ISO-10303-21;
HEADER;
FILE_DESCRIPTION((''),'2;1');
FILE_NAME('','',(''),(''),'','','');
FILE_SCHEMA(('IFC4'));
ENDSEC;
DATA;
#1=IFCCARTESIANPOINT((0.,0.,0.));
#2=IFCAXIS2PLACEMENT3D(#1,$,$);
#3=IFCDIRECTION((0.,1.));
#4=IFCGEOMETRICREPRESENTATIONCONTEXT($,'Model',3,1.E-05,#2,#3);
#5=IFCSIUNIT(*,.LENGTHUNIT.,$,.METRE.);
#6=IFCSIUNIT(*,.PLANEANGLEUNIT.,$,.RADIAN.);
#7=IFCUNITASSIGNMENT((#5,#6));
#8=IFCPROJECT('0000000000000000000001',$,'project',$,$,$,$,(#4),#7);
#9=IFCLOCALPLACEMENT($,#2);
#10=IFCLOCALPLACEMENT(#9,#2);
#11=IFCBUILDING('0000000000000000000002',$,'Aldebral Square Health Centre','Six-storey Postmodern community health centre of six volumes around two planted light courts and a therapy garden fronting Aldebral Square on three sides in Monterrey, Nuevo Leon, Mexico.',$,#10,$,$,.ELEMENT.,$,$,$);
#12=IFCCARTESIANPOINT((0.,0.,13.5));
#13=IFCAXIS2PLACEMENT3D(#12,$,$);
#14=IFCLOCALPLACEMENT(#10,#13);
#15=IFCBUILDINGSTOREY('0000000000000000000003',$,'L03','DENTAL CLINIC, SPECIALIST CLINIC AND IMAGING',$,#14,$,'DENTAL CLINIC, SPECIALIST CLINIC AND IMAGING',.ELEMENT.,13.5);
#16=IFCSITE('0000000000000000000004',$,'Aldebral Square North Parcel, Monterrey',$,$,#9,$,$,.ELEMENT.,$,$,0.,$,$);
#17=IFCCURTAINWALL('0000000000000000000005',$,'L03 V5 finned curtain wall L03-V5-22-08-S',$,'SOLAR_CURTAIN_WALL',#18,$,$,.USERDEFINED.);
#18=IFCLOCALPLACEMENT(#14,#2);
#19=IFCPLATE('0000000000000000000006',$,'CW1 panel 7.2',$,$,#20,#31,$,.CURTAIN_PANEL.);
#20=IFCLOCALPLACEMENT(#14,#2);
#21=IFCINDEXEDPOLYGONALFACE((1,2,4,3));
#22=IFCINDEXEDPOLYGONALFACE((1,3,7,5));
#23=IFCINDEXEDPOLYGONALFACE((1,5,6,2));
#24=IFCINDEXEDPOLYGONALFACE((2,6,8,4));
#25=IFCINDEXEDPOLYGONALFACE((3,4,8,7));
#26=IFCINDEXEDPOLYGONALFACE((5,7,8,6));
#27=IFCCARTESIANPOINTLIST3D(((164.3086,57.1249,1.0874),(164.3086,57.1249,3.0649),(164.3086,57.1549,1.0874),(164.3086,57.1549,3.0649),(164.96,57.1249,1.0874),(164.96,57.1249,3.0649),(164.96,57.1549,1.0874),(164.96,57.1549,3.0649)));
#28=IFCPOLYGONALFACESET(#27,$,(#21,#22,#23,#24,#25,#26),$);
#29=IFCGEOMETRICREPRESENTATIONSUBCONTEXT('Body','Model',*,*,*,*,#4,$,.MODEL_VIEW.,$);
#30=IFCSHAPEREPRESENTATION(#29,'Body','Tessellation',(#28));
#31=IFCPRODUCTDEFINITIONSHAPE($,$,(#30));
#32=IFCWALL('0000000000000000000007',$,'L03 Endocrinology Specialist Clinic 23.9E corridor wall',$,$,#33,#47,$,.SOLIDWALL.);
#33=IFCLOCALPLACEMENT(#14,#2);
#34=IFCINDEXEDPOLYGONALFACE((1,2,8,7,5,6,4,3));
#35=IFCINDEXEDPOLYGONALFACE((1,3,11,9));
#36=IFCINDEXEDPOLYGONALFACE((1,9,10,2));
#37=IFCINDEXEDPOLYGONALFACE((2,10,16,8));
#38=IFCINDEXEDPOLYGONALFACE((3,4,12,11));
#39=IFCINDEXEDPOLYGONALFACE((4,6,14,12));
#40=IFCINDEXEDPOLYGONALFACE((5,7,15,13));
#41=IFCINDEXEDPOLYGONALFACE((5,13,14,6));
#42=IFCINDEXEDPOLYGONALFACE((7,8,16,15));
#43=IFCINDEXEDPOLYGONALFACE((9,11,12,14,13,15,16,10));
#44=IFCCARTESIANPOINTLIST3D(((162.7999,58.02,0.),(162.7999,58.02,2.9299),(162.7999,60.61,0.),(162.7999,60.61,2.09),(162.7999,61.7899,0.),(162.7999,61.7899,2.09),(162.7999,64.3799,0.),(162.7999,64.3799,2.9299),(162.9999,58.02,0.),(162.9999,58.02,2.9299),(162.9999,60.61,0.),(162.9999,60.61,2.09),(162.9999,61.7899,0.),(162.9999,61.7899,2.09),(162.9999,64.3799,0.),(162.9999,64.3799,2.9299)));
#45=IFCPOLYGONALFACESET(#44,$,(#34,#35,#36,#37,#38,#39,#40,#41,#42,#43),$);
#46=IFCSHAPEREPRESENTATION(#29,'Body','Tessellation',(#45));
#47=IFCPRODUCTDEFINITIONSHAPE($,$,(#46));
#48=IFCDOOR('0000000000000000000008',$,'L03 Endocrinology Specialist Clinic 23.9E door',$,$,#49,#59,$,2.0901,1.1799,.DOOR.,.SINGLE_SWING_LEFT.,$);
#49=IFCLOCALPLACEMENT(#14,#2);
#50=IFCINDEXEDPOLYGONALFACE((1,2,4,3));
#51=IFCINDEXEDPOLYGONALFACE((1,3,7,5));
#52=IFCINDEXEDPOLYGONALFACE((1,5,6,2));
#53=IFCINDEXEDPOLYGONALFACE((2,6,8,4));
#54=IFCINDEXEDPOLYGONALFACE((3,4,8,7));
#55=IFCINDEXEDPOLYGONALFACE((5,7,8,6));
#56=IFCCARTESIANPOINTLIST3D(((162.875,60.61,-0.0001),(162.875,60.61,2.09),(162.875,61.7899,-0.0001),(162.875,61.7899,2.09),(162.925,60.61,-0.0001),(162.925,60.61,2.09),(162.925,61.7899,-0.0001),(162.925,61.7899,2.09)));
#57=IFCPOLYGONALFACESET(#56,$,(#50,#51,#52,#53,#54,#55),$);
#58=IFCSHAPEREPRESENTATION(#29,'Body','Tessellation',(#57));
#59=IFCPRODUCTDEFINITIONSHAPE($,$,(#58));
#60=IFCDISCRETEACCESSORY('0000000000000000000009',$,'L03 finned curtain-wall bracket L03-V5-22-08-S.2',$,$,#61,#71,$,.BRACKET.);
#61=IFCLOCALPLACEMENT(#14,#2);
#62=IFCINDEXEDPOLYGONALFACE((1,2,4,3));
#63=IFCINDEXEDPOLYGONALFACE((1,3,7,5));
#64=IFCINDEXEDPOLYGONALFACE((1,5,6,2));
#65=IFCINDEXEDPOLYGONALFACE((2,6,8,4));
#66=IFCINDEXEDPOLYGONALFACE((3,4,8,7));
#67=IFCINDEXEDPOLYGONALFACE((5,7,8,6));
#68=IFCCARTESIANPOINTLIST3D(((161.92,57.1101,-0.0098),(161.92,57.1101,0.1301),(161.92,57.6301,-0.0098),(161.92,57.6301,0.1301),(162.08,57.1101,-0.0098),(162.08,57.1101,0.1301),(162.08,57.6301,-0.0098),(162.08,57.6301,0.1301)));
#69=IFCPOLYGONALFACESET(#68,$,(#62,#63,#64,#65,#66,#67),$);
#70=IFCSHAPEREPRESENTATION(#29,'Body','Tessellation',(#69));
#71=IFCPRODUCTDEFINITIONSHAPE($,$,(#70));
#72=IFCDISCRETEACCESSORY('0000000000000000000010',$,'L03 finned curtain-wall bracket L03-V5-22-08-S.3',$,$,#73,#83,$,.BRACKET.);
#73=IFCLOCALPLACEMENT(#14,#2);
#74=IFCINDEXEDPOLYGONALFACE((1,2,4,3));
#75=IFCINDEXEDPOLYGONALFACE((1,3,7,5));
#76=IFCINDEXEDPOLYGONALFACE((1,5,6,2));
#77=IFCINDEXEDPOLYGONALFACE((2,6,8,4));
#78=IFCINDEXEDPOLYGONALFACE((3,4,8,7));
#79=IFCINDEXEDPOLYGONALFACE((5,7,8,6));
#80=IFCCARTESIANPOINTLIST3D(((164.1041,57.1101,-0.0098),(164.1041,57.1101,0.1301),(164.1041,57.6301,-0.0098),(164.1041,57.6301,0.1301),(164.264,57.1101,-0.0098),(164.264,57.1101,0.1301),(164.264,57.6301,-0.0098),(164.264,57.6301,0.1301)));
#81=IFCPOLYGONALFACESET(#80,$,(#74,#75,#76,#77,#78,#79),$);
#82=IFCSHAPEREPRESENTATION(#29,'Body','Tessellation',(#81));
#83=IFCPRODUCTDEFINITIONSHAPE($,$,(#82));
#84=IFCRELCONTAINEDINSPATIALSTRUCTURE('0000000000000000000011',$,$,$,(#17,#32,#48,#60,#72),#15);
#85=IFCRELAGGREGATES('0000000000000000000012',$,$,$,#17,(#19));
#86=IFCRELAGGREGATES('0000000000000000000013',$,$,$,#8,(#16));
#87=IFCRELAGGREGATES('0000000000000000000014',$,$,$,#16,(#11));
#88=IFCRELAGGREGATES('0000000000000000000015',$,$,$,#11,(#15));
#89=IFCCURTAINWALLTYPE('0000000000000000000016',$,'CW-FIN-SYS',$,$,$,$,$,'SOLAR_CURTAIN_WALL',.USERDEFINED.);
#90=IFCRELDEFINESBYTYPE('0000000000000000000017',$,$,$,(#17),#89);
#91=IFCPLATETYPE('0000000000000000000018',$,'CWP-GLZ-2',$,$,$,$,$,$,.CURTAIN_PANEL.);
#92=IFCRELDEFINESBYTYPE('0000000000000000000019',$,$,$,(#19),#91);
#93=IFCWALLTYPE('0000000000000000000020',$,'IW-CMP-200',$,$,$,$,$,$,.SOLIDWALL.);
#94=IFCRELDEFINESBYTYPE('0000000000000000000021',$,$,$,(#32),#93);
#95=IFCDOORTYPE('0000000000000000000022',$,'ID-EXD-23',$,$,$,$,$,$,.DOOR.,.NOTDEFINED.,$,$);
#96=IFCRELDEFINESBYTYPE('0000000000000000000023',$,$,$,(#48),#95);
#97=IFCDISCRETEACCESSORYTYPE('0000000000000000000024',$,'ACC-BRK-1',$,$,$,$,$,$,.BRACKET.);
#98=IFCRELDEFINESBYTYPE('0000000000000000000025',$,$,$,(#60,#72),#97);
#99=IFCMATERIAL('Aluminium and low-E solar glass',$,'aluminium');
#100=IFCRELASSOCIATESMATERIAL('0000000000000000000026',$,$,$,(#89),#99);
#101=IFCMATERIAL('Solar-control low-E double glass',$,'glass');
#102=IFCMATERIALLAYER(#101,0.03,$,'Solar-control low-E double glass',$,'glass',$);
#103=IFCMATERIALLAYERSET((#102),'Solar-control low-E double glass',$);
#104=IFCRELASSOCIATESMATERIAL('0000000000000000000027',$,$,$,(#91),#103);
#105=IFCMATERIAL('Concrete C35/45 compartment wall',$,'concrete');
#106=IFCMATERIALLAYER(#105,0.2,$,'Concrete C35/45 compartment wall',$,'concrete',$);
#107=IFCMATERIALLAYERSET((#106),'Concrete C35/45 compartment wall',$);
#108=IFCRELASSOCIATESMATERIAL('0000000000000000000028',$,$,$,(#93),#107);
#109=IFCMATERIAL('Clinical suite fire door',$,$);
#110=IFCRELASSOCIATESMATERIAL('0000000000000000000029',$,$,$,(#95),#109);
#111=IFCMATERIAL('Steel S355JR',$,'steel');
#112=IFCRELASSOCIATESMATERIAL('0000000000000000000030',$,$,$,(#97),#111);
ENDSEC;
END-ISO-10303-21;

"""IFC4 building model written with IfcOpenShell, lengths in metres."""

from ifc_helpers import new_model, si_unit, direction, frame, frame_2d, origin, origin_2d, place, context, subcontext, project, spatial, rectangle, extrude, material, layer, layer_set, type_object, element, fill, aggregate, save


model = new_model("IFC4")

# Units and contexts
model_context = context("Model", 3, precision=1e-05, world=origin(), true_north=direction((0.0, 1.0)))
body_context = subcontext(model_context, "Body", "Model", "MODEL_VIEW")
ifc_project = project(units=[si_unit("LENGTHUNIT", "METRE"), si_unit("PLANEANGLEUNIT", "RADIAN")], contexts=[model_context])

# Site, building, storey
site_placement = place(None, origin())
site = spatial("IfcSite", under=ifc_project, at=site_placement, Name="Aldebral Square North Parcel, Monterrey", CompositionType="ELEMENT", RefElevation=0.0)
building_placement = place(site_placement, origin())
building = spatial("IfcBuilding", under=site, at=building_placement, Name="Aldebral Square Health Centre", Description="Six-storey Postmodern community health centre of six volumes around two planted light courts and a therapy garden fronting Aldebral Square on three sides in Monterrey, Nuevo Leon, Mexico.", CompositionType="ELEMENT")
storey_placement = place(building_placement, frame((0.0, 0.0, 13.5)))
storey = spatial("IfcBuildingStorey", under=building, at=storey_placement, Name="L03", Description="DENTAL CLINIC, SPECIALIST CLINIC AND IMAGING", LongName="DENTAL CLINIC, SPECIALIST CLINIC AND IMAGING", CompositionType="ELEMENT", Elevation=13.5)

# Curtain wall
ifc_material_1 = material(Name="Aluminium and low-E solar glass", Category="aluminium")
curtain_wall_type = type_object("IfcCurtainWallType", Name="CW-FIN-SYS", ElementType="SOLAR_CURTAIN_WALL", PredefinedType="USERDEFINED", material=ifc_material_1)
curtain_wall_1_placement = place(storey_placement, origin())
curtain_wall_1 = element("IfcCurtainWall", 1, at=curtain_wall_1_placement, inside=storey, type_object=curtain_wall_type, Name="L03 V5 finned curtain wall L03-V5-22-08-S", ObjectType="SOLAR_CURTAIN_WALL", PredefinedType="USERDEFINED")

# Plate
ifc_material_2 = material(Name="Solar-control low-E double glass", Category="glass")
ifc_layer_1 = layer(ifc_material_2, 0.03, Name="Solar-control low-E double glass", Category="glass")
ifc_layer_set_1 = layer_set([ifc_layer_1], Name="Solar-control low-E double glass")
plate_type = type_object("IfcPlateType", Name="CWP-GLZ-2", PredefinedType="CURTAIN_PANEL", material=ifc_layer_set_1)
plate_1_placement = place(storey_placement, frame((164.6343, 57.1399, 1.0874), z_axis=(0.0, 0.0, 1.0), x_axis=(1.0, 0.0, 0.0)))
plate_1 = element("IfcPlate", 2, at=plate_1_placement, type_object=plate_type, Name="CW1 panel 7.2", PredefinedType="CURTAIN_PANEL", context=body_context, shape_type="SweptSolid", body=[
    extrude(rectangle(XDim=0.6514, YDim=0.03, at=origin_2d()), origin(), (0.0, 0.0, 1.0), 1.9775),
])
aggregate(curtain_wall_1, [plate_1])

# Wall, opening, door
ifc_material_3 = material(Name="Concrete C35/45 compartment wall", Category="concrete")
ifc_layer_2 = layer(ifc_material_3, 0.2, Name="Concrete C35/45 compartment wall", Category="concrete")
ifc_layer_set_2 = layer_set([ifc_layer_2], Name="Concrete C35/45 compartment wall")
wall_type = type_object("IfcWallType", Name="IW-CMP-200", PredefinedType="SOLIDWALL", material=ifc_layer_set_2)
wall_placement = place(storey_placement, frame((162.8999, 58.02, 0.0), z_axis=(0.0, 0.0, 1.0), x_axis=(0.0, 1.0, 0.0)))
wall = element("IfcWall", 3, at=wall_placement, inside=storey, type_object=wall_type, Name="L03 Endocrinology Specialist Clinic 23.9E corridor wall", PredefinedType="SOLIDWALL", context=body_context, shape_type="SweptSolid", body=[
    extrude(rectangle(XDim=6.3599, YDim=0.2, at=frame_2d((3.1799, 0.0))), origin(), (0.0, 0.0, 1.0), 2.9299),
])
opening_placement = place(wall_placement, frame((2.5901, 0.0, 0.0)))
opening = element("IfcOpeningElement", 4, at=opening_placement, cuts=wall, PredefinedType="OPENING", context=body_context, shape_type="SweptSolid", body=[
    extrude(rectangle(XDim=1.1799, YDim=2.0901, at=frame_2d((0.5898, 1.0449))), frame((0.0, 0.1099, 0.0), z_axis=(0.0, -1.0, 0.0), x_axis=(1.0, 0.0, 0.0)), (0.0, 0.0, 1.0), 0.22),
])
ifc_material_4 = material(Name="Clinical suite fire door")
door_type = type_object("IfcDoorType", Name="ID-EXD-23", OperationType="NOTDEFINED", PredefinedType="DOOR", material=ifc_material_4)
door_placement = place(opening_placement, origin())
door = element("IfcDoor", 5, at=door_placement, inside=storey, type_object=door_type, Name="L03 Endocrinology Specialist Clinic 23.9E door", OperationType="SINGLE_SWING_LEFT", OverallHeight=2.0901, OverallWidth=1.1799, PredefinedType="DOOR", context=body_context, shape_type="SweptSolid", body=[
    extrude(rectangle(XDim=1.1799, YDim=2.0901, at=frame_2d((0.5898, 1.0449))), frame((0.0, 0.0249, 0.0), z_axis=(0.0, -1.0, 0.0), x_axis=(1.0, 0.0, 0.0)), (0.0, 0.0, 1.0), 0.05),
])
fill(opening, door)

# Discrete accessories
ifc_material_5 = material(Name="Steel S355JR", Category="steel")
discrete_accessory_type = type_object("IfcDiscreteAccessoryType", Name="ACC-BRK-1", PredefinedType="BRACKET", material=ifc_material_5)
for number, where, z_axis, x_axis, name in (
    (6, (162.0, 57.3701, -0.0098), (0.0, 0.0, 1.0), (1.0, 0.0, 0.0), "L03 finned curtain-wall bracket L03-V5-22-08-S.2"),
    (7, (164.1841, 57.3701, -0.0098), (0.0, 0.0, 1.0), (1.0, 0.0, 0.0), "L03 finned curtain-wall bracket L03-V5-22-08-S.3"),
):
    element("IfcDiscreteAccessory", number, at=place(storey_placement, frame(where, z_axis=z_axis, x_axis=x_axis)), inside=storey, type_object=discrete_accessory_type, Name=name, PredefinedType="BRACKET", context=body_context, shape_type="SweptSolid", body=[
        extrude(rectangle(XDim=0.1599, YDim=0.52, at=origin_2d()), origin(), (0.0, 0.0, 1.0), 0.1399),
    ])

save(model, "model.ifc")
